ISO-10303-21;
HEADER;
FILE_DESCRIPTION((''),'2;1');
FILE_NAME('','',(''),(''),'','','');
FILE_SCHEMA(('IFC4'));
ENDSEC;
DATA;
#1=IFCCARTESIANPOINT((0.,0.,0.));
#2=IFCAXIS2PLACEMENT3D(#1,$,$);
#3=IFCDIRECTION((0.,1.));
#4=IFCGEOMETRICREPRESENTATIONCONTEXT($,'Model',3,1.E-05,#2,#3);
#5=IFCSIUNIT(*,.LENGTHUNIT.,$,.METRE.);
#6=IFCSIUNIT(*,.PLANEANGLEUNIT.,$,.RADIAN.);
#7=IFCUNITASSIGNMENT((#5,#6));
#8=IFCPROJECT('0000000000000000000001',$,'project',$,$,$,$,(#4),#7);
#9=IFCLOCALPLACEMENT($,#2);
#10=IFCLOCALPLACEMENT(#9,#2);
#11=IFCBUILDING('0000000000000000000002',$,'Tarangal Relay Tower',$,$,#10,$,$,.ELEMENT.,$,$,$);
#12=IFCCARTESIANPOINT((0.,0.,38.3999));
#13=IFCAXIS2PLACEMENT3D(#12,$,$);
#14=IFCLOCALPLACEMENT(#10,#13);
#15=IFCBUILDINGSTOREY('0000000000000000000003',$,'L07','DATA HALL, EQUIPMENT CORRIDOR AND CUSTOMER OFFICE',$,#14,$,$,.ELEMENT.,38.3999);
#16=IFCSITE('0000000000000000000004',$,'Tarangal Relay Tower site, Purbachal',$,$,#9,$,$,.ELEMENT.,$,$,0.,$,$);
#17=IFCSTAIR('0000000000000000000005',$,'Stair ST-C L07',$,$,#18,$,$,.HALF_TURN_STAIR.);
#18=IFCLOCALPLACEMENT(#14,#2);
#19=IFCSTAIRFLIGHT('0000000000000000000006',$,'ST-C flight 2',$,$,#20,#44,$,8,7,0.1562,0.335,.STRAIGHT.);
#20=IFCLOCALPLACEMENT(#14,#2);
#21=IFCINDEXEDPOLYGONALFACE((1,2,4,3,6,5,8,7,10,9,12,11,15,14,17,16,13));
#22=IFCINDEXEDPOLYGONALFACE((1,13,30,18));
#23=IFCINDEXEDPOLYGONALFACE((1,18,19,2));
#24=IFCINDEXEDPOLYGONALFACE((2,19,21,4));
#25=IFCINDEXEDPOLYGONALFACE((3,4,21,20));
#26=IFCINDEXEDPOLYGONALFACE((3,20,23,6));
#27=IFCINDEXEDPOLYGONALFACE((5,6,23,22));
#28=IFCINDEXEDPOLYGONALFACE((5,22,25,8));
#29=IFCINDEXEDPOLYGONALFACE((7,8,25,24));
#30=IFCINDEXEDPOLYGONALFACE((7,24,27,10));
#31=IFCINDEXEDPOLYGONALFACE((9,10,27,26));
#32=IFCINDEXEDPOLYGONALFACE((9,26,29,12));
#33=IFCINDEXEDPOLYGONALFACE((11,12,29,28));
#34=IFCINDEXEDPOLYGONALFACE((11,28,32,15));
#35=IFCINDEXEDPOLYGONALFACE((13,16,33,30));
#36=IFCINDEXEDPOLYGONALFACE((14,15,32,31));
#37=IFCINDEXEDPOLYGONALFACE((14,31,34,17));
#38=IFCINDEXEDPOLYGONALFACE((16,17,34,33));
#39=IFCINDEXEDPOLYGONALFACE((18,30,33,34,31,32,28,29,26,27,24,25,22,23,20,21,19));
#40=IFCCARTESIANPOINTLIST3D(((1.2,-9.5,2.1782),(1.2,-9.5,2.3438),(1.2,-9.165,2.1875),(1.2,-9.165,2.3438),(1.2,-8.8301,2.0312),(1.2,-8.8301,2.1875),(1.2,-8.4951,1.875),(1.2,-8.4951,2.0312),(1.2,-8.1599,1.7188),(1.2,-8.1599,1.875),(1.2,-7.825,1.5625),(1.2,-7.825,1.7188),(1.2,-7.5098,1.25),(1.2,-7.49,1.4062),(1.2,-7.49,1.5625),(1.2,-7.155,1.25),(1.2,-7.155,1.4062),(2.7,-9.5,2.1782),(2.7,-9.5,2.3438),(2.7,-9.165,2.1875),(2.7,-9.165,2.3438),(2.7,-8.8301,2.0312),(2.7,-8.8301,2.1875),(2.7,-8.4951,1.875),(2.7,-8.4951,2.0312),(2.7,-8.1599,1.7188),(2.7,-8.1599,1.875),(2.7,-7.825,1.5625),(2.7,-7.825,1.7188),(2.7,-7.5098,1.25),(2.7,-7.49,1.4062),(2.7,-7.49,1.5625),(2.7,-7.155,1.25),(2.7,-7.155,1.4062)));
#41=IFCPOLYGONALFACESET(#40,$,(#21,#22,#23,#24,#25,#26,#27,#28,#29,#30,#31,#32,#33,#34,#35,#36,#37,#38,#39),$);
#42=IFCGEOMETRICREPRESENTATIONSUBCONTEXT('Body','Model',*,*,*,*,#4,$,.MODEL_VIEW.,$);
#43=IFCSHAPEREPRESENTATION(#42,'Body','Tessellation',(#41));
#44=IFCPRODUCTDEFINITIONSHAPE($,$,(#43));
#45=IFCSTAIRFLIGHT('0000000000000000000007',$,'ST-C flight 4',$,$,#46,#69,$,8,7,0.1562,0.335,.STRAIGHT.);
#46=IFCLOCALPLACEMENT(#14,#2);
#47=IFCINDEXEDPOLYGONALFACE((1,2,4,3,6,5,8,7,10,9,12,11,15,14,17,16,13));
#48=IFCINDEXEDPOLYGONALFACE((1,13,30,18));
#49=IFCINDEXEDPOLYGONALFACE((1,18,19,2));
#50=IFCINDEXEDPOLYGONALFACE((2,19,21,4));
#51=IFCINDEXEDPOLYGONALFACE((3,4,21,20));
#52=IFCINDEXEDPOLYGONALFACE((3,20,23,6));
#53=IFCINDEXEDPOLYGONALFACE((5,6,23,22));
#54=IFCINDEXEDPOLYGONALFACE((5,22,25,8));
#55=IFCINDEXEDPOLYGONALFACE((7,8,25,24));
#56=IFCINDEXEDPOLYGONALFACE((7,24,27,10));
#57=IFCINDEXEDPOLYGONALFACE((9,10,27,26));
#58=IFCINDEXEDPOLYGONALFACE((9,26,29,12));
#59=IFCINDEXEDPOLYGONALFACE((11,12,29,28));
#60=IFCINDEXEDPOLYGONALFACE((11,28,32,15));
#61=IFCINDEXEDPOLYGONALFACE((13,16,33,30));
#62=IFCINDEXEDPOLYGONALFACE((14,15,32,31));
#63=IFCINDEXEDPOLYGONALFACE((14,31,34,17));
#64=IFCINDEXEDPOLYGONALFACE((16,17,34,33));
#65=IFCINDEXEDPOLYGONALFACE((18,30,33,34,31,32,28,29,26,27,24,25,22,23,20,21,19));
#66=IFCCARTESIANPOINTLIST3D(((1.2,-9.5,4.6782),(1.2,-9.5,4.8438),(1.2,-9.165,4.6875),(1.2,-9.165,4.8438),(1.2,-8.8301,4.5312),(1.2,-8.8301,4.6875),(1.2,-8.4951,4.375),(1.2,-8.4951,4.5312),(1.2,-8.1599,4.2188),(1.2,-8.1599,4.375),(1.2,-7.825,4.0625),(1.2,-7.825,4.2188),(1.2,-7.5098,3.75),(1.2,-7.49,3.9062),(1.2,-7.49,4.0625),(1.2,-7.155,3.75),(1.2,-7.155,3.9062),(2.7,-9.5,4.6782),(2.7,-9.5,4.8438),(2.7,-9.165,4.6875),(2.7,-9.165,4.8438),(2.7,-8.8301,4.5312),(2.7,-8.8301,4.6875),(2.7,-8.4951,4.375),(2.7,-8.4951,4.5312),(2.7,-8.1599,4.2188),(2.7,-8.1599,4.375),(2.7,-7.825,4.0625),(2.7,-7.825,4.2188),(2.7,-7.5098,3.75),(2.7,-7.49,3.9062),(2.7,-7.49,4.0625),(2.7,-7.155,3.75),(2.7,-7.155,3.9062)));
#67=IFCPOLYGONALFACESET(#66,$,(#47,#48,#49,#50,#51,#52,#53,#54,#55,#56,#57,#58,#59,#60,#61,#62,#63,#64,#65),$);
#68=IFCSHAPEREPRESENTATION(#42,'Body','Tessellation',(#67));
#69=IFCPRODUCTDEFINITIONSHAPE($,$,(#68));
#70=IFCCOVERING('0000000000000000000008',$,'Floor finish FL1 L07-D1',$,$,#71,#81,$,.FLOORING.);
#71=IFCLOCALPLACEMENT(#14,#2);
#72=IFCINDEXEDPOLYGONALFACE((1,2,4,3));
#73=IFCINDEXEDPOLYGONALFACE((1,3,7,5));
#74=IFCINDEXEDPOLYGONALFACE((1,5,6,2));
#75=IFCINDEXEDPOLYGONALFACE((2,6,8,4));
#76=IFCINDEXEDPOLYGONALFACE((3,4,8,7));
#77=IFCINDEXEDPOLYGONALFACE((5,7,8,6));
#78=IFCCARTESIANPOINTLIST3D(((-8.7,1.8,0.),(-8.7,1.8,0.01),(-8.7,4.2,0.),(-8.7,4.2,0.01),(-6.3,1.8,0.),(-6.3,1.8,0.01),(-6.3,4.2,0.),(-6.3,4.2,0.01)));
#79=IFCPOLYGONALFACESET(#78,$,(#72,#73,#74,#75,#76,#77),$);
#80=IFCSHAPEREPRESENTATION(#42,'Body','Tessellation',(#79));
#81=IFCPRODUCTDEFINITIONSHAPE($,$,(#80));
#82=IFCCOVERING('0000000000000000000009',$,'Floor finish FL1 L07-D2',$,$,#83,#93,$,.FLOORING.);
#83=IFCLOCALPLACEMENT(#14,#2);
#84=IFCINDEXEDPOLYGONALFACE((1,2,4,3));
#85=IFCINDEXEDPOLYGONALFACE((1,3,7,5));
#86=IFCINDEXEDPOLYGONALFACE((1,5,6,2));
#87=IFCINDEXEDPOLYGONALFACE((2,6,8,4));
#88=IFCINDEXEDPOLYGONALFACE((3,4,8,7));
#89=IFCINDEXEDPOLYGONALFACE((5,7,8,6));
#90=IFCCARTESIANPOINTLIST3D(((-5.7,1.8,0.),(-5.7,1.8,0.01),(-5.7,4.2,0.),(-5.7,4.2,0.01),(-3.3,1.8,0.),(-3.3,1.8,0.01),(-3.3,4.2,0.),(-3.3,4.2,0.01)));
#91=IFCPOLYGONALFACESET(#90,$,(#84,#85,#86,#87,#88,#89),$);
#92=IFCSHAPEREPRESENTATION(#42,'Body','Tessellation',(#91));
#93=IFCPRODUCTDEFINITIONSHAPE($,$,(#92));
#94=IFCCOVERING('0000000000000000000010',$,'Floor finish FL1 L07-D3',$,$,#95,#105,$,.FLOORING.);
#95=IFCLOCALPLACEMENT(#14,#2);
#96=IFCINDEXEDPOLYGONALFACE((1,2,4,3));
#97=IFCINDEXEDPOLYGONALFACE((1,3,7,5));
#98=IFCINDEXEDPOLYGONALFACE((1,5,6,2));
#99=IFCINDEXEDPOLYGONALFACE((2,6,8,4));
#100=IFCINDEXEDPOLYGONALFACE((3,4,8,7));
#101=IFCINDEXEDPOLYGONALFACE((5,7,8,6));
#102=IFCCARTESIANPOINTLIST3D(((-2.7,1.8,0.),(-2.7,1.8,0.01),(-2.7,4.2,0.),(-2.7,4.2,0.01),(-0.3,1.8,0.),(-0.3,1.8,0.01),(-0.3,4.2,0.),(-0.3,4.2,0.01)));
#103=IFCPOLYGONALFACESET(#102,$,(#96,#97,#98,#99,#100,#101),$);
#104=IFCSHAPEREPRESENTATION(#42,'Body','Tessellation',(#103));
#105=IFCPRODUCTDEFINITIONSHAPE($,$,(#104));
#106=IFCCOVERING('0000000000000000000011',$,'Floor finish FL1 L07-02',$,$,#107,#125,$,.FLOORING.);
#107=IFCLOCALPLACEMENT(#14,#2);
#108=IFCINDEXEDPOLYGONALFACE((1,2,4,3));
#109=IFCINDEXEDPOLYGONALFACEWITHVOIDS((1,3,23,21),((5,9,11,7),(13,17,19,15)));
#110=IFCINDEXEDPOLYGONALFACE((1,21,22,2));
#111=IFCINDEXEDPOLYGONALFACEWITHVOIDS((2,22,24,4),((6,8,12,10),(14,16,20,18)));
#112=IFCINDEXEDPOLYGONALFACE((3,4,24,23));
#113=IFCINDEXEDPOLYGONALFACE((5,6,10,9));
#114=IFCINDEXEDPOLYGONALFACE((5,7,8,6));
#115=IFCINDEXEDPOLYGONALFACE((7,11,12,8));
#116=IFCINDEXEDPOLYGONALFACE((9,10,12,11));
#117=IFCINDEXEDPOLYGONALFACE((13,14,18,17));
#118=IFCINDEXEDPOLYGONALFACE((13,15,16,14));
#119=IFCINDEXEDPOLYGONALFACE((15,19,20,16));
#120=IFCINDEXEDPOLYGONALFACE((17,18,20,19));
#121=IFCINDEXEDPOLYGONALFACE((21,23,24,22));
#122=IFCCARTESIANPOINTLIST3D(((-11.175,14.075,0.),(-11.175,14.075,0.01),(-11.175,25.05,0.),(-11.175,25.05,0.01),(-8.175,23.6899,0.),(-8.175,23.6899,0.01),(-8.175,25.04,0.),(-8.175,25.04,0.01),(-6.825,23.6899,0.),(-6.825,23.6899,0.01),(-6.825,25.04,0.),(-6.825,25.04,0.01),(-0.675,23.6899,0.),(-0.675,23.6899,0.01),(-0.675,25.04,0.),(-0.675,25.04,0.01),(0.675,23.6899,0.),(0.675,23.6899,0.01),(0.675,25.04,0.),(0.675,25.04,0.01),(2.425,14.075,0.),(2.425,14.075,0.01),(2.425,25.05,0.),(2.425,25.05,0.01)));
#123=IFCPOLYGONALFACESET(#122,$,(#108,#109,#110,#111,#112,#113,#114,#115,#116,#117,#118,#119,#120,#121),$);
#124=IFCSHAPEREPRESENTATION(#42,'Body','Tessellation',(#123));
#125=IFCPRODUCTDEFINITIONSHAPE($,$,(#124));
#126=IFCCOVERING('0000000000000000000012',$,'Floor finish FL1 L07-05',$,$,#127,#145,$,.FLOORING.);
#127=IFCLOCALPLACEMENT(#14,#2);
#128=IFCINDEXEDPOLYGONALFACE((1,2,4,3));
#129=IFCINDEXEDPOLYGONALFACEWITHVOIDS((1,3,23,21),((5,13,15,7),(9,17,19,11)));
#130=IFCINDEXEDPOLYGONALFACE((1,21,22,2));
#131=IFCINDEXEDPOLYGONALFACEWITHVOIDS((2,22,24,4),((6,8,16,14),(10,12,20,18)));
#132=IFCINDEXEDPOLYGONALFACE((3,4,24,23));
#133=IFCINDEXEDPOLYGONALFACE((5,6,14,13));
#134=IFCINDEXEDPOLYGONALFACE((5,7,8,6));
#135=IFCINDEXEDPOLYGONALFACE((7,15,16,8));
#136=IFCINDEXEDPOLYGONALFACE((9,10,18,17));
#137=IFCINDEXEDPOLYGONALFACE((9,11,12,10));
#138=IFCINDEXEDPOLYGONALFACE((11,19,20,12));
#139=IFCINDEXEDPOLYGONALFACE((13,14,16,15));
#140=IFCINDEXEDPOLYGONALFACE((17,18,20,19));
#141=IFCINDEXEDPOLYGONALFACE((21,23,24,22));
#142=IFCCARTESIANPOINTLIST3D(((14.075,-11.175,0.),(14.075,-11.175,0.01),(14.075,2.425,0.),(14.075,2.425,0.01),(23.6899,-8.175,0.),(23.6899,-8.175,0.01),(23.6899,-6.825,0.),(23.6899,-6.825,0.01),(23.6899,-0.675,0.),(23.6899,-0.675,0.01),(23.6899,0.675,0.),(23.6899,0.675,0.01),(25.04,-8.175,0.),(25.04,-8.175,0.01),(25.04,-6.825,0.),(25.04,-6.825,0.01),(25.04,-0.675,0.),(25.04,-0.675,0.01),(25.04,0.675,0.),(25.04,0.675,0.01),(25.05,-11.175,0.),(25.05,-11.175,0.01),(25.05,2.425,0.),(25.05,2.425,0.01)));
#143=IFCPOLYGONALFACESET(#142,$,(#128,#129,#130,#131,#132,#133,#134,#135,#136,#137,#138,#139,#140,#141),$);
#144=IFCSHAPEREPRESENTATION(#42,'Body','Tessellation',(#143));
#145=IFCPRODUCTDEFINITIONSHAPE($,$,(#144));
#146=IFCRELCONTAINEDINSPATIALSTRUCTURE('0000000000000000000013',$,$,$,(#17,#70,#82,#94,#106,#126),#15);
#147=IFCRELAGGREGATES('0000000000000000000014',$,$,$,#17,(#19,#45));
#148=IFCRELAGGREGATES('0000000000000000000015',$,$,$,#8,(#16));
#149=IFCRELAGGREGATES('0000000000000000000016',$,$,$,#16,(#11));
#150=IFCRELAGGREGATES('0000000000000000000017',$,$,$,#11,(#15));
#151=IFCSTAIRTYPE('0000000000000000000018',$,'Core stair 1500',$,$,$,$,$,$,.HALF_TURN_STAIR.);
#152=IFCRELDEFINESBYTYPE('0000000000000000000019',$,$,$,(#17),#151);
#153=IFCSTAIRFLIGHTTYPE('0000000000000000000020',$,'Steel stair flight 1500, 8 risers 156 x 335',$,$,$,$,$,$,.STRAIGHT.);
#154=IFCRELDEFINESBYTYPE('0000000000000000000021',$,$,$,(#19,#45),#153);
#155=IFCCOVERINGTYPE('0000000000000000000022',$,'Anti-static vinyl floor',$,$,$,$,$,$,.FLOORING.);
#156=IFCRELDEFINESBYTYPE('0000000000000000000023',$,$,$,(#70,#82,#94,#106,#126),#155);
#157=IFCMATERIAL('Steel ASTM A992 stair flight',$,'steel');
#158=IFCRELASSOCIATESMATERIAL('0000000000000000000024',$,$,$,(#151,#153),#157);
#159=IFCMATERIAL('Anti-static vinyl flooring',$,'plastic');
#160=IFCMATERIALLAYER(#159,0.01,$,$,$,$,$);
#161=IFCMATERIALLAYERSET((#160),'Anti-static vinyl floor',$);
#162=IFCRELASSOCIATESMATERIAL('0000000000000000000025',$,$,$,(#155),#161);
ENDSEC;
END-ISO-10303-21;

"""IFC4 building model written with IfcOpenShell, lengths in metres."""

from ifc_helpers import new_model, si_unit, direction, frame, origin, place, context, subcontext, project, spatial, polyline, outline, extrude, material, layer, layer_set, type_object, element, aggregate, save


model = new_model("IFC4")

# Units and contexts
model_context = context("Model", 3, precision=1e-05, world=origin(), true_north=direction((0.0, 1.0)))
body_context = subcontext(model_context, "Body", "Model", "MODEL_VIEW")
ifc_project = project(units=[si_unit("LENGTHUNIT", "METRE"), si_unit("PLANEANGLEUNIT", "RADIAN")], contexts=[model_context])

# Site, building, storey
site_placement = place(None, origin())
site = spatial("IfcSite", under=ifc_project, at=site_placement, Name="Tarangal Relay Tower site, Purbachal", CompositionType="ELEMENT", RefElevation=0.0)
building_placement = place(site_placement, origin())
building = spatial("IfcBuilding", under=site, at=building_placement, Name="Tarangal Relay Tower", CompositionType="ELEMENT")
storey_placement = place(building_placement, frame((0.0, 0.0, 38.3999)))
storey = spatial("IfcBuildingStorey", under=building, at=storey_placement, Name="L07", Description="DATA HALL, EQUIPMENT CORRIDOR AND CUSTOMER OFFICE", CompositionType="ELEMENT", Elevation=38.3999)

# Shared definitions
ifc_material_1 = material(Name="Steel ASTM A992 stair flight", Category="steel")
stair_type = type_object("IfcStairType", Name="Core stair 1500", PredefinedType="HALF_TURN_STAIR", material=ifc_material_1)

# Stair, stair flights
stair_1_placement = place(storey_placement, origin())
stair_1 = element("IfcStair", 1, at=stair_1_placement, inside=storey, type_object=stair_type, Name="Stair ST-C L07", PredefinedType="HALF_TURN_STAIR")
stair_flight_type = type_object("IfcStairFlightType", Name="Steel stair flight 1500, 8 risers 156 x 335", PredefinedType="STRAIGHT", material=ifc_material_1)
stair_flight_1_placement = place(storey_placement, frame((1.95, -7.155, 1.25), z_axis=(0.0, 0.0, 1.0), x_axis=(0.0, -1.0, 0.0)))
stair_flight_1 = element("IfcStairFlight", 2, at=stair_flight_1_placement, type_object=stair_flight_type, Name="ST-C flight 2", NumberOfRisers=8, NumberOfTreads=7, PredefinedType="STRAIGHT", RiserHeight=0.1562, TreadLength=0.335, context=body_context, shape_type="SweptSolid", body=[
    extrude(outline(polyline([(0.0, 0.0), (0.0, 0.1562), (0.335, 0.1562), (0.335, 0.3125), (0.6699, 0.3125), (0.6699, 0.4688), (1.0049, 0.4688), (1.0049, 0.625), (1.3401, 0.625), (1.3401, 0.7812), (1.675, 0.7812), (1.675, 0.9375), (2.01, 0.9375), (2.01, 1.0938), (2.345, 1.0938), (2.345, 1.25), (2.345, 0.9282), (0.3547, 0.0), (0.0, 0.0)])), frame((0.0, 0.75, 0.0), z_axis=(0.0, -1.0, 0.0), x_axis=(1.0, 0.0, 0.0)), (0.0, 0.0, 1.0), 1.5),
])
stair_flight_2_placement = place(storey_placement, frame((1.95, -7.155, 3.75), z_axis=(0.0, 0.0, 1.0), x_axis=(0.0, -1.0, 0.0)))
stair_flight_2 = element("IfcStairFlight", 3, at=stair_flight_2_placement, type_object=stair_flight_type, Name="ST-C flight 4", NumberOfRisers=8, NumberOfTreads=7, PredefinedType="STRAIGHT", RiserHeight=0.1562, TreadLength=0.335, context=body_context, shape_type="SweptSolid", body=[
    extrude(outline(polyline([(0.0, 0.0), (0.0, 0.1562), (0.335, 0.1562), (0.335, 0.3125), (0.6699, 0.3125), (0.6699, 0.4688), (1.0049, 0.4688), (1.0049, 0.625), (1.3401, 0.625), (1.3401, 0.7812), (1.675, 0.7812), (1.675, 0.9375), (2.01, 0.9375), (2.01, 1.0938), (2.345, 1.0938), (2.345, 1.25), (2.345, 0.9282), (0.3547, 0.0), (0.0, 0.0)])), frame((0.0, 0.75, 0.0), z_axis=(0.0, -1.0, 0.0), x_axis=(1.0, 0.0, 0.0)), (0.0, 0.0, 1.0), 1.5),
])
aggregate(stair_1, [stair_flight_1, stair_flight_2])

# Coverings
ifc_material_2 = material(Name="Anti-static vinyl flooring", Category="plastic")
ifc_layer_1 = layer(ifc_material_2, 0.01)
ifc_layer_set_1 = layer_set([ifc_layer_1], Name="Anti-static vinyl floor")
covering_type_1 = type_object("IfcCoveringType", Name="Anti-static vinyl floor", PredefinedType="FLOORING", material=ifc_layer_set_1)
covering_1_placement = place(storey_placement, origin())
element("IfcCovering", 4, at=covering_1_placement, inside=storey, type_object=covering_type_1, Name="Floor finish FL1 L07-D1", PredefinedType="FLOORING", context=body_context, shape_type="SweptSolid", body=[
    extrude(outline(polyline([(-8.7, 1.8), (-6.3, 1.8), (-6.3, 4.2), (-8.7, 4.2), (-8.7, 1.8)])), origin(), (0.0, 0.0, 1.0), 0.01),
])
covering_2_placement = place(storey_placement, origin())
element("IfcCovering", 5, at=covering_2_placement, inside=storey, type_object=covering_type_1, Name="Floor finish FL1 L07-D2", PredefinedType="FLOORING", context=body_context, shape_type="SweptSolid", body=[
    extrude(outline(polyline([(-5.7, 1.8), (-3.3, 1.8), (-3.3, 4.2), (-5.7, 4.2), (-5.7, 1.8)])), origin(), (0.0, 0.0, 1.0), 0.01),
])
covering_3_placement = place(storey_placement, origin())
element("IfcCovering", 6, at=covering_3_placement, inside=storey, type_object=covering_type_1, Name="Floor finish FL1 L07-D3", PredefinedType="FLOORING", context=body_context, shape_type="SweptSolid", body=[
    extrude(outline(polyline([(-2.7, 1.8), (-0.3, 1.8), (-0.3, 4.2), (-2.7, 4.2), (-2.7, 1.8)])), origin(), (0.0, 0.0, 1.0), 0.01),
])
covering_4_placement = place(storey_placement, origin())
element("IfcCovering", 7, at=covering_4_placement, inside=storey, type_object=covering_type_1, Name="Floor finish FL1 L07-02", PredefinedType="FLOORING", context=body_context, shape_type="SweptSolid", body=[
    extrude(outline(polyline([(2.425, 25.05), (-11.175, 25.05), (-11.175, 14.075), (2.425, 14.075), (2.425, 25.05)]), holes=[polyline([(-6.825, 23.6899), (-6.825, 25.04), (-8.175, 25.04), (-8.175, 23.6899), (-6.825, 23.6899)]), polyline([(0.675, 23.6899), (0.675, 25.04), (-0.675, 25.04), (-0.675, 23.6899), (0.675, 23.6899)])]), origin(), (0.0, 0.0, 1.0), 0.01),
])
covering_5_placement = place(storey_placement, origin())
element("IfcCovering", 8, at=covering_5_placement, inside=storey, type_object=covering_type_1, Name="Floor finish FL1 L07-05", PredefinedType="FLOORING", context=body_context, shape_type="SweptSolid", body=[
    extrude(outline(polyline([(25.05, -11.175), (25.05, 2.425), (14.075, 2.425), (14.075, -11.175), (25.05, -11.175)]), holes=[polyline([(25.04, -8.175), (25.04, -6.825), (23.6899, -6.825), (23.6899, -8.175), (25.04, -8.175)]), polyline([(25.04, -0.675), (25.04, 0.675), (23.6899, 0.675), (23.6899, -0.675), (25.04, -0.675)])]), origin(), (0.0, 0.0, 1.0), 0.01),
])

save(model, "model.ifc")
